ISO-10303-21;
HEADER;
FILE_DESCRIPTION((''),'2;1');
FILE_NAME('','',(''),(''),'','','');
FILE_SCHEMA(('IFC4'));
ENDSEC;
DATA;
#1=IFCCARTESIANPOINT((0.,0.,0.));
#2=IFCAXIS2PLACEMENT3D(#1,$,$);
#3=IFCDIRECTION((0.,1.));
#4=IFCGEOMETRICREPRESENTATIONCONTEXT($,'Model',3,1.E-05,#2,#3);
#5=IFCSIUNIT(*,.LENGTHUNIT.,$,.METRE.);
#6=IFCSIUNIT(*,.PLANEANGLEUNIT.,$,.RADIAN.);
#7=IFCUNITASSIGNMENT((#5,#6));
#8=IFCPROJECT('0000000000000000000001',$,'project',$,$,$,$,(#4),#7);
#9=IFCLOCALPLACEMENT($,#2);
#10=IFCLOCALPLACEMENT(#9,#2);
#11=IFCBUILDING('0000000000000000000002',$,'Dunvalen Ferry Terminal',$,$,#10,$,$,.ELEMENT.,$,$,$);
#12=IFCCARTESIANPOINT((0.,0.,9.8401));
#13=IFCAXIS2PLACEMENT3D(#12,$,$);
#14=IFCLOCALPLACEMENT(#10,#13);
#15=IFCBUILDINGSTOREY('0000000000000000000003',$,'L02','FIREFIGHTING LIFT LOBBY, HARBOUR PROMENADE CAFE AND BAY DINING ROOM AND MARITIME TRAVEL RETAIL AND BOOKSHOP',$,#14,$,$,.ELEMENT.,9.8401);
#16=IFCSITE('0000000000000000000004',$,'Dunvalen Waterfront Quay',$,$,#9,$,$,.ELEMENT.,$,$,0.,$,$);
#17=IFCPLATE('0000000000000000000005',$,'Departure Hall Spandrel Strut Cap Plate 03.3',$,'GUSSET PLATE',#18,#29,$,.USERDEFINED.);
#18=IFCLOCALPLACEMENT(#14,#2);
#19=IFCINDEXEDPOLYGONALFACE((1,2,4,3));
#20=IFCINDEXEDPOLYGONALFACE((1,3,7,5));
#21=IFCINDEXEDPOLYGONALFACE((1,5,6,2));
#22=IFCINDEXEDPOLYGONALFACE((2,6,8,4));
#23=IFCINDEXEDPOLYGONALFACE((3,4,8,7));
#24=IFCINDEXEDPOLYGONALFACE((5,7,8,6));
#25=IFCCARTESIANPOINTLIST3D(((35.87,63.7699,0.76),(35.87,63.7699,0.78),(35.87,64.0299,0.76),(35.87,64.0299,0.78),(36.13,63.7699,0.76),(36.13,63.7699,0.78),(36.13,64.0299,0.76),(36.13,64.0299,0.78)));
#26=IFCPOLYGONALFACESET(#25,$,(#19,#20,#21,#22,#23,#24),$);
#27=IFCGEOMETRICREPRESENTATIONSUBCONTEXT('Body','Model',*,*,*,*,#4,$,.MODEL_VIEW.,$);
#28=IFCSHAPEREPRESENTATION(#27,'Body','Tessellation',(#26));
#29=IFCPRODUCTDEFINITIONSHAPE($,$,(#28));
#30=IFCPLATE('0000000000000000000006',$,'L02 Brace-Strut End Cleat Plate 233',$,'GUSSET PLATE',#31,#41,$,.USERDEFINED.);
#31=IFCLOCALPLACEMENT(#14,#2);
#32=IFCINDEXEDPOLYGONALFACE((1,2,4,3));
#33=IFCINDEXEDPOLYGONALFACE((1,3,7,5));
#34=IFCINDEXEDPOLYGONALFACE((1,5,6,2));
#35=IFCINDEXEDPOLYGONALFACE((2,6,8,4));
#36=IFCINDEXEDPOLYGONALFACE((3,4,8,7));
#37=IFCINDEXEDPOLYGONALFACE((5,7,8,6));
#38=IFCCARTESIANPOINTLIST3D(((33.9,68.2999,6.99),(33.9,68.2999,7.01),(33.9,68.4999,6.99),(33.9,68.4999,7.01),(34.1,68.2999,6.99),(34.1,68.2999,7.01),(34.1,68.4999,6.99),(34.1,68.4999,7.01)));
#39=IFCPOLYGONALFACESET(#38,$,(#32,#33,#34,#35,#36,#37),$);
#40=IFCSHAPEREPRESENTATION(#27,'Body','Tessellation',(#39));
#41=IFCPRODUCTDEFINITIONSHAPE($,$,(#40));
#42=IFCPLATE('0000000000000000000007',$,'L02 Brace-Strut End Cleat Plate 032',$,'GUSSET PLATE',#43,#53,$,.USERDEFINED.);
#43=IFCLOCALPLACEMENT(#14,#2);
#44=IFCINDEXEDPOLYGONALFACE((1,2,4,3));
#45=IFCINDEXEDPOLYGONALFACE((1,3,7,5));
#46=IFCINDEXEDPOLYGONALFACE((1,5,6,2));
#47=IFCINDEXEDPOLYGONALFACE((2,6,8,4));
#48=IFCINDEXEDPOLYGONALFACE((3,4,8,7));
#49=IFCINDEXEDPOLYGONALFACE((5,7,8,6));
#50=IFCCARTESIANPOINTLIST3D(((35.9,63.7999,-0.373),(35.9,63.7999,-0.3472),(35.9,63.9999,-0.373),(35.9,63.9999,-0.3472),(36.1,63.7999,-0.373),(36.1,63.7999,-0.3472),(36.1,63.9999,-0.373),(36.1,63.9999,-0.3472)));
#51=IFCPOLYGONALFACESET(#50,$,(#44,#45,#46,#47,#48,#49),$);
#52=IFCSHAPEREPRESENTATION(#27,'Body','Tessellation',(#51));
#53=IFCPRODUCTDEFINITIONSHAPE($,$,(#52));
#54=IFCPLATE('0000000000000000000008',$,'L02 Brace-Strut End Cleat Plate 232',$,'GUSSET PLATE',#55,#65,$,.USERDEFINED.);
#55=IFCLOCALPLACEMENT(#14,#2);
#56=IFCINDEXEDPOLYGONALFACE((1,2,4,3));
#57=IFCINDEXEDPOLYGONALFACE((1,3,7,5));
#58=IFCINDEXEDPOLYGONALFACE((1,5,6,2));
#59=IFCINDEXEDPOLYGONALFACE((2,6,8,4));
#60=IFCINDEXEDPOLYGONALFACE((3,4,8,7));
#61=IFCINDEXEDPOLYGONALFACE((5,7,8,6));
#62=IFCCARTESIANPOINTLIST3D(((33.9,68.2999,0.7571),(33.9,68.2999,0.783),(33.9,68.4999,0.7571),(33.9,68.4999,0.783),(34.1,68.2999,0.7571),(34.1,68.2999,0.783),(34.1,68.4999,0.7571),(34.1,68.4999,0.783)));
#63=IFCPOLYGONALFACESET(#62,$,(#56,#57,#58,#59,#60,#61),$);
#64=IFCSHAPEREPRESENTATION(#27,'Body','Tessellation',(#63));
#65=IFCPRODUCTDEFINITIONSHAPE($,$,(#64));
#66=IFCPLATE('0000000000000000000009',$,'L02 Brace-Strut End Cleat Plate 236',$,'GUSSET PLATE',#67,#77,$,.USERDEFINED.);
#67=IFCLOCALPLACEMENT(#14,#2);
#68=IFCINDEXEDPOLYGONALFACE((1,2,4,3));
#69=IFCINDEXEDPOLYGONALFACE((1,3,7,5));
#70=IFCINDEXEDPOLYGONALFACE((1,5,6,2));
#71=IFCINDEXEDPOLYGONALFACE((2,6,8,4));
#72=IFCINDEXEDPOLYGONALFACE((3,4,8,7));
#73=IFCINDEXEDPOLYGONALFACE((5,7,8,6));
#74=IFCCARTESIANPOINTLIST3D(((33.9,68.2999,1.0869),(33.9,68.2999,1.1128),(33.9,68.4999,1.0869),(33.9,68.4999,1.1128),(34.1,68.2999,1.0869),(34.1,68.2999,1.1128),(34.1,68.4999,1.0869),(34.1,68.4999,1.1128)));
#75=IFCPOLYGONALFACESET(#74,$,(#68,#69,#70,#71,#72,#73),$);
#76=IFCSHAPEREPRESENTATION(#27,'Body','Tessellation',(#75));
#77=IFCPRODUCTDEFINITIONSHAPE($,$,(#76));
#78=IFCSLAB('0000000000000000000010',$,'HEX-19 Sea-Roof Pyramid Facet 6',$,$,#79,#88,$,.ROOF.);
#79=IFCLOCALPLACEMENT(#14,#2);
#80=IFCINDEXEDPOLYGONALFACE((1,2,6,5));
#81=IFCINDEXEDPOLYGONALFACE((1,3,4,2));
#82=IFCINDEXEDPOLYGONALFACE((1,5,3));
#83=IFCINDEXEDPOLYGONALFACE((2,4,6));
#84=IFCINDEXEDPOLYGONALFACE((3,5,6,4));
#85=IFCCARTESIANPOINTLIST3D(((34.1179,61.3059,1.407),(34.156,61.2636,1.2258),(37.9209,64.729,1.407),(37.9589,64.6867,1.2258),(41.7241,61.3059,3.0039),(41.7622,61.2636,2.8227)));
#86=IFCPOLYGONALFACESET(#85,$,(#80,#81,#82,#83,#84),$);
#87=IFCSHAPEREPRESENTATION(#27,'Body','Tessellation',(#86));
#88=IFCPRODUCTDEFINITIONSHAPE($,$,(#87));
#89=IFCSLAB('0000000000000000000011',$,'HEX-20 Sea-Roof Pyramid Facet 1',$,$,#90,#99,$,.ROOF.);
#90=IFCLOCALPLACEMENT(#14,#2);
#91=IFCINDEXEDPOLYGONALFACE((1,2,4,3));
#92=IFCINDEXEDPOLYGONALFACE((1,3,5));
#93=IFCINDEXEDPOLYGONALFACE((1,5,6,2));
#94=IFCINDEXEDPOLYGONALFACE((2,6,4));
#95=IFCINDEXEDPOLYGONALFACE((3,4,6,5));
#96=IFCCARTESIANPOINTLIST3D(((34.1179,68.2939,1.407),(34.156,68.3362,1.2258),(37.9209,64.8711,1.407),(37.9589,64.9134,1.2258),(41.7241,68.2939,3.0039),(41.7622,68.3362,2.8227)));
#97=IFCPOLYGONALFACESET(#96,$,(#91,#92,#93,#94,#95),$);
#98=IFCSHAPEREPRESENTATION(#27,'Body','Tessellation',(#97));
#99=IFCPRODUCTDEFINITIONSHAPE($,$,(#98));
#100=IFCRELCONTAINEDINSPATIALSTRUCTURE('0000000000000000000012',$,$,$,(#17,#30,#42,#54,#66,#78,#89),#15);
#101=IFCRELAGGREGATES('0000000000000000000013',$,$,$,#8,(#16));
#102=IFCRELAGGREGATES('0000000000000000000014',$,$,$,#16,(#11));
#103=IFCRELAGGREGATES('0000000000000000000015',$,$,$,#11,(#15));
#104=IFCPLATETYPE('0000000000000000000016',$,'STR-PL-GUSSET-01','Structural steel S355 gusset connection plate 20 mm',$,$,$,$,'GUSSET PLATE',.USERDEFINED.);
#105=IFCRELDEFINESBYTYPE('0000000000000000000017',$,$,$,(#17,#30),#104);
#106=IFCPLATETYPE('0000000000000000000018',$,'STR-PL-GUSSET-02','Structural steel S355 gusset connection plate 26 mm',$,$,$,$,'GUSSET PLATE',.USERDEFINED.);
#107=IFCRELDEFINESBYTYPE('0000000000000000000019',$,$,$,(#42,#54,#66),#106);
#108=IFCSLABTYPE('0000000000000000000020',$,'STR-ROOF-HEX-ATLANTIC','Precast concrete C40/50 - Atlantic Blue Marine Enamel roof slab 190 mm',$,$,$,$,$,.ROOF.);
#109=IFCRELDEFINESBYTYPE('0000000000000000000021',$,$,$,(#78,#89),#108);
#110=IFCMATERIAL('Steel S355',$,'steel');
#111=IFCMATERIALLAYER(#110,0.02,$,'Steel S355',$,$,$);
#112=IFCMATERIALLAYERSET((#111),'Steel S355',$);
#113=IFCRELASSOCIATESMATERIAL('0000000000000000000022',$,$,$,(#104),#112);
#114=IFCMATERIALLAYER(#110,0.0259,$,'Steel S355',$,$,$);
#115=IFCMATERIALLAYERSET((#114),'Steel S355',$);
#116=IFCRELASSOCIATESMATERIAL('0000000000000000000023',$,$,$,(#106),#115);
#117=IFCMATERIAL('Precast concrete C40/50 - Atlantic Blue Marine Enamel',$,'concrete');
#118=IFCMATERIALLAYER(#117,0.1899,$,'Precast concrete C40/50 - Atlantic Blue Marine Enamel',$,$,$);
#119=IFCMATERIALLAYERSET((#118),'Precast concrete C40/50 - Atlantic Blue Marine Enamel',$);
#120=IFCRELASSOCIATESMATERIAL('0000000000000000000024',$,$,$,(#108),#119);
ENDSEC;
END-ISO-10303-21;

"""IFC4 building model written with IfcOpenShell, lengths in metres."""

from ifc_helpers import new_model, si_unit, direction, frame, origin, origin_2d, place, context, subcontext, project, spatial, polyline, rectangle, outline, extrude, material, layer, layer_set, type_object, element, save


model = new_model("IFC4")

# Units and contexts
model_context = context("Model", 3, precision=1e-05, world=origin(), true_north=direction((0.0, 1.0)))
body_context = subcontext(model_context, "Body", "Model", "MODEL_VIEW")
ifc_project = project(units=[si_unit("LENGTHUNIT", "METRE"), si_unit("PLANEANGLEUNIT", "RADIAN")], contexts=[model_context])

# Site, building, storey
site_placement = place(None, origin())
site = spatial("IfcSite", under=ifc_project, at=site_placement, Name="Dunvalen Waterfront Quay", CompositionType="ELEMENT", RefElevation=0.0)
building_placement = place(site_placement, origin())
building = spatial("IfcBuilding", under=site, at=building_placement, Name="Dunvalen Ferry Terminal", CompositionType="ELEMENT")
storey_placement = place(building_placement, frame((0.0, 0.0, 9.8401)))
storey = spatial("IfcBuildingStorey", under=building, at=storey_placement, Name="L02", Description="FIREFIGHTING LIFT LOBBY, HARBOUR PROMENADE CAFE AND BAY DINING ROOM AND MARITIME TRAVEL RETAIL AND BOOKSHOP", CompositionType="ELEMENT", Elevation=9.8401)

# Shared definitions
ifc_material_1 = material(Name="Steel S355", Category="steel")

# Plates
ifc_layer_1 = layer(ifc_material_1, 0.02, Name="Steel S355")
ifc_layer_set_1 = layer_set([ifc_layer_1], Name="Steel S355")
plate_type_1 = type_object("IfcPlateType", Name="STR-PL-GUSSET-01", Description="Structural steel S355 gusset connection plate 20 mm", ElementType="GUSSET PLATE", PredefinedType="USERDEFINED", material=ifc_layer_set_1)
plate_1_placement = place(storey_placement, frame((36.0, 63.8999, 0.76), z_axis=(0.0, 0.0, 1.0), x_axis=(1.0, 0.0, 0.0)))
element("IfcPlate", 1, at=plate_1_placement, inside=storey, type_object=plate_type_1, Name="Departure Hall Spandrel Strut Cap Plate 03.3", ObjectType="GUSSET PLATE", PredefinedType="USERDEFINED", context=body_context, shape_type="SweptSolid", body=[
    extrude(rectangle(XDim=0.26, YDim=0.26, at=origin_2d()), origin(), (0.0, 0.0, 1.0), 0.02),
])
plate_2_placement = place(storey_placement, frame((34.0, 68.3999, 6.99), z_axis=(0.0, 0.0, 1.0), x_axis=(1.0, 0.0, 0.0)))
element("IfcPlate", 2, at=plate_2_placement, inside=storey, type_object=plate_type_1, Name="L02 Brace-Strut End Cleat Plate 233", ObjectType="GUSSET PLATE", PredefinedType="USERDEFINED", context=body_context, shape_type="SweptSolid", body=[
    extrude(rectangle(XDim=0.2, YDim=0.2, at=origin_2d()), origin(), (0.0, 0.0, 1.0), 0.02),
])
ifc_layer_2 = layer(ifc_material_1, 0.0259, Name="Steel S355")
ifc_layer_set_2 = layer_set([ifc_layer_2], Name="Steel S355")
plate_type_2 = type_object("IfcPlateType", Name="STR-PL-GUSSET-02", Description="Structural steel S355 gusset connection plate 26 mm", ElementType="GUSSET PLATE", PredefinedType="USERDEFINED", material=ifc_layer_set_2)
for number, where, z_axis, x_axis, name in (
    (3, (36.0, 63.8999, -0.373), (0.0, 0.0, 1.0), (1.0, 0.0, 0.0), "L02 Brace-Strut End Cleat Plate 032"),
    (4, (34.0, 68.3999, 0.7571), (0.0, 0.0, 1.0), (1.0, 0.0, 0.0), "L02 Brace-Strut End Cleat Plate 232"),
    (5, (34.0, 68.3999, 1.0869), (0.0, 0.0, 1.0), (1.0, 0.0, 0.0), "L02 Brace-Strut End Cleat Plate 236"),
):
    element("IfcPlate", number, at=place(storey_placement, frame(where, z_axis=z_axis, x_axis=x_axis)), inside=storey, type_object=plate_type_2, Name=name, ObjectType="GUSSET PLATE", PredefinedType="USERDEFINED", context=body_context, shape_type="SweptSolid", body=[
        extrude(rectangle(XDim=0.2, YDim=0.2, at=origin_2d()), origin(), (0.0, 0.0, 1.0), 0.0259),
    ])

# Slabs
ifc_material_2 = material(Name="Precast concrete C40/50 - Atlantic Blue Marine Enamel", Category="concrete")
ifc_layer_3 = layer(ifc_material_2, 0.1899, Name="Precast concrete C40/50 - Atlantic Blue Marine Enamel")
ifc_layer_set_3 = layer_set([ifc_layer_3], Name="Precast concrete C40/50 - Atlantic Blue Marine Enamel")
slab_type = type_object("IfcSlabType", Name="STR-ROOF-HEX-ATLANTIC", Description="Precast concrete C40/50 - Atlantic Blue Marine Enamel roof slab 190 mm", PredefinedType="ROOF", material=ifc_layer_set_3)
slab_1_placement = place(storey_placement, frame((37.9209, 64.729, 1.407), z_axis=(-0.200318, 0.222548, 0.95412), x_axis=(-0.743254, -0.66901, 0.0)))
element("IfcSlab", 6, at=slab_1_placement, inside=storey, type_object=slab_type, Name="HEX-19 Sea-Roof Pyramid Facet 6", PredefinedType="ROOF", context=body_context, shape_type="SweptSolid", body=[
    extrude(outline(polyline([(0.0, 0.0), (5.1167, 0.0), (-0.5367, 5.3333), (0.0, 0.0)])), origin(), (0.0, 0.0, -1.0), 0.1899),
])
slab_2_placement = place(storey_placement, frame((34.1179, 68.2939, 1.407), z_axis=(-0.200317, -0.222563, 0.954117), x_axis=(0.743278, -0.668983, 0.0)))
element("IfcSlab", 7, at=slab_2_placement, inside=storey, type_object=slab_type, Name="HEX-20 Sea-Roof Pyramid Facet 1", PredefinedType="ROOF", context=body_context, shape_type="SweptSolid", body=[
    extrude(outline(polyline([(0.0, 0.0), (5.1165, 0.0), (5.6535, 5.3331), (0.0, 0.0)])), origin(), (0.0, 0.0, -1.0), 0.1899),
])

save(model, "model.ifc")
